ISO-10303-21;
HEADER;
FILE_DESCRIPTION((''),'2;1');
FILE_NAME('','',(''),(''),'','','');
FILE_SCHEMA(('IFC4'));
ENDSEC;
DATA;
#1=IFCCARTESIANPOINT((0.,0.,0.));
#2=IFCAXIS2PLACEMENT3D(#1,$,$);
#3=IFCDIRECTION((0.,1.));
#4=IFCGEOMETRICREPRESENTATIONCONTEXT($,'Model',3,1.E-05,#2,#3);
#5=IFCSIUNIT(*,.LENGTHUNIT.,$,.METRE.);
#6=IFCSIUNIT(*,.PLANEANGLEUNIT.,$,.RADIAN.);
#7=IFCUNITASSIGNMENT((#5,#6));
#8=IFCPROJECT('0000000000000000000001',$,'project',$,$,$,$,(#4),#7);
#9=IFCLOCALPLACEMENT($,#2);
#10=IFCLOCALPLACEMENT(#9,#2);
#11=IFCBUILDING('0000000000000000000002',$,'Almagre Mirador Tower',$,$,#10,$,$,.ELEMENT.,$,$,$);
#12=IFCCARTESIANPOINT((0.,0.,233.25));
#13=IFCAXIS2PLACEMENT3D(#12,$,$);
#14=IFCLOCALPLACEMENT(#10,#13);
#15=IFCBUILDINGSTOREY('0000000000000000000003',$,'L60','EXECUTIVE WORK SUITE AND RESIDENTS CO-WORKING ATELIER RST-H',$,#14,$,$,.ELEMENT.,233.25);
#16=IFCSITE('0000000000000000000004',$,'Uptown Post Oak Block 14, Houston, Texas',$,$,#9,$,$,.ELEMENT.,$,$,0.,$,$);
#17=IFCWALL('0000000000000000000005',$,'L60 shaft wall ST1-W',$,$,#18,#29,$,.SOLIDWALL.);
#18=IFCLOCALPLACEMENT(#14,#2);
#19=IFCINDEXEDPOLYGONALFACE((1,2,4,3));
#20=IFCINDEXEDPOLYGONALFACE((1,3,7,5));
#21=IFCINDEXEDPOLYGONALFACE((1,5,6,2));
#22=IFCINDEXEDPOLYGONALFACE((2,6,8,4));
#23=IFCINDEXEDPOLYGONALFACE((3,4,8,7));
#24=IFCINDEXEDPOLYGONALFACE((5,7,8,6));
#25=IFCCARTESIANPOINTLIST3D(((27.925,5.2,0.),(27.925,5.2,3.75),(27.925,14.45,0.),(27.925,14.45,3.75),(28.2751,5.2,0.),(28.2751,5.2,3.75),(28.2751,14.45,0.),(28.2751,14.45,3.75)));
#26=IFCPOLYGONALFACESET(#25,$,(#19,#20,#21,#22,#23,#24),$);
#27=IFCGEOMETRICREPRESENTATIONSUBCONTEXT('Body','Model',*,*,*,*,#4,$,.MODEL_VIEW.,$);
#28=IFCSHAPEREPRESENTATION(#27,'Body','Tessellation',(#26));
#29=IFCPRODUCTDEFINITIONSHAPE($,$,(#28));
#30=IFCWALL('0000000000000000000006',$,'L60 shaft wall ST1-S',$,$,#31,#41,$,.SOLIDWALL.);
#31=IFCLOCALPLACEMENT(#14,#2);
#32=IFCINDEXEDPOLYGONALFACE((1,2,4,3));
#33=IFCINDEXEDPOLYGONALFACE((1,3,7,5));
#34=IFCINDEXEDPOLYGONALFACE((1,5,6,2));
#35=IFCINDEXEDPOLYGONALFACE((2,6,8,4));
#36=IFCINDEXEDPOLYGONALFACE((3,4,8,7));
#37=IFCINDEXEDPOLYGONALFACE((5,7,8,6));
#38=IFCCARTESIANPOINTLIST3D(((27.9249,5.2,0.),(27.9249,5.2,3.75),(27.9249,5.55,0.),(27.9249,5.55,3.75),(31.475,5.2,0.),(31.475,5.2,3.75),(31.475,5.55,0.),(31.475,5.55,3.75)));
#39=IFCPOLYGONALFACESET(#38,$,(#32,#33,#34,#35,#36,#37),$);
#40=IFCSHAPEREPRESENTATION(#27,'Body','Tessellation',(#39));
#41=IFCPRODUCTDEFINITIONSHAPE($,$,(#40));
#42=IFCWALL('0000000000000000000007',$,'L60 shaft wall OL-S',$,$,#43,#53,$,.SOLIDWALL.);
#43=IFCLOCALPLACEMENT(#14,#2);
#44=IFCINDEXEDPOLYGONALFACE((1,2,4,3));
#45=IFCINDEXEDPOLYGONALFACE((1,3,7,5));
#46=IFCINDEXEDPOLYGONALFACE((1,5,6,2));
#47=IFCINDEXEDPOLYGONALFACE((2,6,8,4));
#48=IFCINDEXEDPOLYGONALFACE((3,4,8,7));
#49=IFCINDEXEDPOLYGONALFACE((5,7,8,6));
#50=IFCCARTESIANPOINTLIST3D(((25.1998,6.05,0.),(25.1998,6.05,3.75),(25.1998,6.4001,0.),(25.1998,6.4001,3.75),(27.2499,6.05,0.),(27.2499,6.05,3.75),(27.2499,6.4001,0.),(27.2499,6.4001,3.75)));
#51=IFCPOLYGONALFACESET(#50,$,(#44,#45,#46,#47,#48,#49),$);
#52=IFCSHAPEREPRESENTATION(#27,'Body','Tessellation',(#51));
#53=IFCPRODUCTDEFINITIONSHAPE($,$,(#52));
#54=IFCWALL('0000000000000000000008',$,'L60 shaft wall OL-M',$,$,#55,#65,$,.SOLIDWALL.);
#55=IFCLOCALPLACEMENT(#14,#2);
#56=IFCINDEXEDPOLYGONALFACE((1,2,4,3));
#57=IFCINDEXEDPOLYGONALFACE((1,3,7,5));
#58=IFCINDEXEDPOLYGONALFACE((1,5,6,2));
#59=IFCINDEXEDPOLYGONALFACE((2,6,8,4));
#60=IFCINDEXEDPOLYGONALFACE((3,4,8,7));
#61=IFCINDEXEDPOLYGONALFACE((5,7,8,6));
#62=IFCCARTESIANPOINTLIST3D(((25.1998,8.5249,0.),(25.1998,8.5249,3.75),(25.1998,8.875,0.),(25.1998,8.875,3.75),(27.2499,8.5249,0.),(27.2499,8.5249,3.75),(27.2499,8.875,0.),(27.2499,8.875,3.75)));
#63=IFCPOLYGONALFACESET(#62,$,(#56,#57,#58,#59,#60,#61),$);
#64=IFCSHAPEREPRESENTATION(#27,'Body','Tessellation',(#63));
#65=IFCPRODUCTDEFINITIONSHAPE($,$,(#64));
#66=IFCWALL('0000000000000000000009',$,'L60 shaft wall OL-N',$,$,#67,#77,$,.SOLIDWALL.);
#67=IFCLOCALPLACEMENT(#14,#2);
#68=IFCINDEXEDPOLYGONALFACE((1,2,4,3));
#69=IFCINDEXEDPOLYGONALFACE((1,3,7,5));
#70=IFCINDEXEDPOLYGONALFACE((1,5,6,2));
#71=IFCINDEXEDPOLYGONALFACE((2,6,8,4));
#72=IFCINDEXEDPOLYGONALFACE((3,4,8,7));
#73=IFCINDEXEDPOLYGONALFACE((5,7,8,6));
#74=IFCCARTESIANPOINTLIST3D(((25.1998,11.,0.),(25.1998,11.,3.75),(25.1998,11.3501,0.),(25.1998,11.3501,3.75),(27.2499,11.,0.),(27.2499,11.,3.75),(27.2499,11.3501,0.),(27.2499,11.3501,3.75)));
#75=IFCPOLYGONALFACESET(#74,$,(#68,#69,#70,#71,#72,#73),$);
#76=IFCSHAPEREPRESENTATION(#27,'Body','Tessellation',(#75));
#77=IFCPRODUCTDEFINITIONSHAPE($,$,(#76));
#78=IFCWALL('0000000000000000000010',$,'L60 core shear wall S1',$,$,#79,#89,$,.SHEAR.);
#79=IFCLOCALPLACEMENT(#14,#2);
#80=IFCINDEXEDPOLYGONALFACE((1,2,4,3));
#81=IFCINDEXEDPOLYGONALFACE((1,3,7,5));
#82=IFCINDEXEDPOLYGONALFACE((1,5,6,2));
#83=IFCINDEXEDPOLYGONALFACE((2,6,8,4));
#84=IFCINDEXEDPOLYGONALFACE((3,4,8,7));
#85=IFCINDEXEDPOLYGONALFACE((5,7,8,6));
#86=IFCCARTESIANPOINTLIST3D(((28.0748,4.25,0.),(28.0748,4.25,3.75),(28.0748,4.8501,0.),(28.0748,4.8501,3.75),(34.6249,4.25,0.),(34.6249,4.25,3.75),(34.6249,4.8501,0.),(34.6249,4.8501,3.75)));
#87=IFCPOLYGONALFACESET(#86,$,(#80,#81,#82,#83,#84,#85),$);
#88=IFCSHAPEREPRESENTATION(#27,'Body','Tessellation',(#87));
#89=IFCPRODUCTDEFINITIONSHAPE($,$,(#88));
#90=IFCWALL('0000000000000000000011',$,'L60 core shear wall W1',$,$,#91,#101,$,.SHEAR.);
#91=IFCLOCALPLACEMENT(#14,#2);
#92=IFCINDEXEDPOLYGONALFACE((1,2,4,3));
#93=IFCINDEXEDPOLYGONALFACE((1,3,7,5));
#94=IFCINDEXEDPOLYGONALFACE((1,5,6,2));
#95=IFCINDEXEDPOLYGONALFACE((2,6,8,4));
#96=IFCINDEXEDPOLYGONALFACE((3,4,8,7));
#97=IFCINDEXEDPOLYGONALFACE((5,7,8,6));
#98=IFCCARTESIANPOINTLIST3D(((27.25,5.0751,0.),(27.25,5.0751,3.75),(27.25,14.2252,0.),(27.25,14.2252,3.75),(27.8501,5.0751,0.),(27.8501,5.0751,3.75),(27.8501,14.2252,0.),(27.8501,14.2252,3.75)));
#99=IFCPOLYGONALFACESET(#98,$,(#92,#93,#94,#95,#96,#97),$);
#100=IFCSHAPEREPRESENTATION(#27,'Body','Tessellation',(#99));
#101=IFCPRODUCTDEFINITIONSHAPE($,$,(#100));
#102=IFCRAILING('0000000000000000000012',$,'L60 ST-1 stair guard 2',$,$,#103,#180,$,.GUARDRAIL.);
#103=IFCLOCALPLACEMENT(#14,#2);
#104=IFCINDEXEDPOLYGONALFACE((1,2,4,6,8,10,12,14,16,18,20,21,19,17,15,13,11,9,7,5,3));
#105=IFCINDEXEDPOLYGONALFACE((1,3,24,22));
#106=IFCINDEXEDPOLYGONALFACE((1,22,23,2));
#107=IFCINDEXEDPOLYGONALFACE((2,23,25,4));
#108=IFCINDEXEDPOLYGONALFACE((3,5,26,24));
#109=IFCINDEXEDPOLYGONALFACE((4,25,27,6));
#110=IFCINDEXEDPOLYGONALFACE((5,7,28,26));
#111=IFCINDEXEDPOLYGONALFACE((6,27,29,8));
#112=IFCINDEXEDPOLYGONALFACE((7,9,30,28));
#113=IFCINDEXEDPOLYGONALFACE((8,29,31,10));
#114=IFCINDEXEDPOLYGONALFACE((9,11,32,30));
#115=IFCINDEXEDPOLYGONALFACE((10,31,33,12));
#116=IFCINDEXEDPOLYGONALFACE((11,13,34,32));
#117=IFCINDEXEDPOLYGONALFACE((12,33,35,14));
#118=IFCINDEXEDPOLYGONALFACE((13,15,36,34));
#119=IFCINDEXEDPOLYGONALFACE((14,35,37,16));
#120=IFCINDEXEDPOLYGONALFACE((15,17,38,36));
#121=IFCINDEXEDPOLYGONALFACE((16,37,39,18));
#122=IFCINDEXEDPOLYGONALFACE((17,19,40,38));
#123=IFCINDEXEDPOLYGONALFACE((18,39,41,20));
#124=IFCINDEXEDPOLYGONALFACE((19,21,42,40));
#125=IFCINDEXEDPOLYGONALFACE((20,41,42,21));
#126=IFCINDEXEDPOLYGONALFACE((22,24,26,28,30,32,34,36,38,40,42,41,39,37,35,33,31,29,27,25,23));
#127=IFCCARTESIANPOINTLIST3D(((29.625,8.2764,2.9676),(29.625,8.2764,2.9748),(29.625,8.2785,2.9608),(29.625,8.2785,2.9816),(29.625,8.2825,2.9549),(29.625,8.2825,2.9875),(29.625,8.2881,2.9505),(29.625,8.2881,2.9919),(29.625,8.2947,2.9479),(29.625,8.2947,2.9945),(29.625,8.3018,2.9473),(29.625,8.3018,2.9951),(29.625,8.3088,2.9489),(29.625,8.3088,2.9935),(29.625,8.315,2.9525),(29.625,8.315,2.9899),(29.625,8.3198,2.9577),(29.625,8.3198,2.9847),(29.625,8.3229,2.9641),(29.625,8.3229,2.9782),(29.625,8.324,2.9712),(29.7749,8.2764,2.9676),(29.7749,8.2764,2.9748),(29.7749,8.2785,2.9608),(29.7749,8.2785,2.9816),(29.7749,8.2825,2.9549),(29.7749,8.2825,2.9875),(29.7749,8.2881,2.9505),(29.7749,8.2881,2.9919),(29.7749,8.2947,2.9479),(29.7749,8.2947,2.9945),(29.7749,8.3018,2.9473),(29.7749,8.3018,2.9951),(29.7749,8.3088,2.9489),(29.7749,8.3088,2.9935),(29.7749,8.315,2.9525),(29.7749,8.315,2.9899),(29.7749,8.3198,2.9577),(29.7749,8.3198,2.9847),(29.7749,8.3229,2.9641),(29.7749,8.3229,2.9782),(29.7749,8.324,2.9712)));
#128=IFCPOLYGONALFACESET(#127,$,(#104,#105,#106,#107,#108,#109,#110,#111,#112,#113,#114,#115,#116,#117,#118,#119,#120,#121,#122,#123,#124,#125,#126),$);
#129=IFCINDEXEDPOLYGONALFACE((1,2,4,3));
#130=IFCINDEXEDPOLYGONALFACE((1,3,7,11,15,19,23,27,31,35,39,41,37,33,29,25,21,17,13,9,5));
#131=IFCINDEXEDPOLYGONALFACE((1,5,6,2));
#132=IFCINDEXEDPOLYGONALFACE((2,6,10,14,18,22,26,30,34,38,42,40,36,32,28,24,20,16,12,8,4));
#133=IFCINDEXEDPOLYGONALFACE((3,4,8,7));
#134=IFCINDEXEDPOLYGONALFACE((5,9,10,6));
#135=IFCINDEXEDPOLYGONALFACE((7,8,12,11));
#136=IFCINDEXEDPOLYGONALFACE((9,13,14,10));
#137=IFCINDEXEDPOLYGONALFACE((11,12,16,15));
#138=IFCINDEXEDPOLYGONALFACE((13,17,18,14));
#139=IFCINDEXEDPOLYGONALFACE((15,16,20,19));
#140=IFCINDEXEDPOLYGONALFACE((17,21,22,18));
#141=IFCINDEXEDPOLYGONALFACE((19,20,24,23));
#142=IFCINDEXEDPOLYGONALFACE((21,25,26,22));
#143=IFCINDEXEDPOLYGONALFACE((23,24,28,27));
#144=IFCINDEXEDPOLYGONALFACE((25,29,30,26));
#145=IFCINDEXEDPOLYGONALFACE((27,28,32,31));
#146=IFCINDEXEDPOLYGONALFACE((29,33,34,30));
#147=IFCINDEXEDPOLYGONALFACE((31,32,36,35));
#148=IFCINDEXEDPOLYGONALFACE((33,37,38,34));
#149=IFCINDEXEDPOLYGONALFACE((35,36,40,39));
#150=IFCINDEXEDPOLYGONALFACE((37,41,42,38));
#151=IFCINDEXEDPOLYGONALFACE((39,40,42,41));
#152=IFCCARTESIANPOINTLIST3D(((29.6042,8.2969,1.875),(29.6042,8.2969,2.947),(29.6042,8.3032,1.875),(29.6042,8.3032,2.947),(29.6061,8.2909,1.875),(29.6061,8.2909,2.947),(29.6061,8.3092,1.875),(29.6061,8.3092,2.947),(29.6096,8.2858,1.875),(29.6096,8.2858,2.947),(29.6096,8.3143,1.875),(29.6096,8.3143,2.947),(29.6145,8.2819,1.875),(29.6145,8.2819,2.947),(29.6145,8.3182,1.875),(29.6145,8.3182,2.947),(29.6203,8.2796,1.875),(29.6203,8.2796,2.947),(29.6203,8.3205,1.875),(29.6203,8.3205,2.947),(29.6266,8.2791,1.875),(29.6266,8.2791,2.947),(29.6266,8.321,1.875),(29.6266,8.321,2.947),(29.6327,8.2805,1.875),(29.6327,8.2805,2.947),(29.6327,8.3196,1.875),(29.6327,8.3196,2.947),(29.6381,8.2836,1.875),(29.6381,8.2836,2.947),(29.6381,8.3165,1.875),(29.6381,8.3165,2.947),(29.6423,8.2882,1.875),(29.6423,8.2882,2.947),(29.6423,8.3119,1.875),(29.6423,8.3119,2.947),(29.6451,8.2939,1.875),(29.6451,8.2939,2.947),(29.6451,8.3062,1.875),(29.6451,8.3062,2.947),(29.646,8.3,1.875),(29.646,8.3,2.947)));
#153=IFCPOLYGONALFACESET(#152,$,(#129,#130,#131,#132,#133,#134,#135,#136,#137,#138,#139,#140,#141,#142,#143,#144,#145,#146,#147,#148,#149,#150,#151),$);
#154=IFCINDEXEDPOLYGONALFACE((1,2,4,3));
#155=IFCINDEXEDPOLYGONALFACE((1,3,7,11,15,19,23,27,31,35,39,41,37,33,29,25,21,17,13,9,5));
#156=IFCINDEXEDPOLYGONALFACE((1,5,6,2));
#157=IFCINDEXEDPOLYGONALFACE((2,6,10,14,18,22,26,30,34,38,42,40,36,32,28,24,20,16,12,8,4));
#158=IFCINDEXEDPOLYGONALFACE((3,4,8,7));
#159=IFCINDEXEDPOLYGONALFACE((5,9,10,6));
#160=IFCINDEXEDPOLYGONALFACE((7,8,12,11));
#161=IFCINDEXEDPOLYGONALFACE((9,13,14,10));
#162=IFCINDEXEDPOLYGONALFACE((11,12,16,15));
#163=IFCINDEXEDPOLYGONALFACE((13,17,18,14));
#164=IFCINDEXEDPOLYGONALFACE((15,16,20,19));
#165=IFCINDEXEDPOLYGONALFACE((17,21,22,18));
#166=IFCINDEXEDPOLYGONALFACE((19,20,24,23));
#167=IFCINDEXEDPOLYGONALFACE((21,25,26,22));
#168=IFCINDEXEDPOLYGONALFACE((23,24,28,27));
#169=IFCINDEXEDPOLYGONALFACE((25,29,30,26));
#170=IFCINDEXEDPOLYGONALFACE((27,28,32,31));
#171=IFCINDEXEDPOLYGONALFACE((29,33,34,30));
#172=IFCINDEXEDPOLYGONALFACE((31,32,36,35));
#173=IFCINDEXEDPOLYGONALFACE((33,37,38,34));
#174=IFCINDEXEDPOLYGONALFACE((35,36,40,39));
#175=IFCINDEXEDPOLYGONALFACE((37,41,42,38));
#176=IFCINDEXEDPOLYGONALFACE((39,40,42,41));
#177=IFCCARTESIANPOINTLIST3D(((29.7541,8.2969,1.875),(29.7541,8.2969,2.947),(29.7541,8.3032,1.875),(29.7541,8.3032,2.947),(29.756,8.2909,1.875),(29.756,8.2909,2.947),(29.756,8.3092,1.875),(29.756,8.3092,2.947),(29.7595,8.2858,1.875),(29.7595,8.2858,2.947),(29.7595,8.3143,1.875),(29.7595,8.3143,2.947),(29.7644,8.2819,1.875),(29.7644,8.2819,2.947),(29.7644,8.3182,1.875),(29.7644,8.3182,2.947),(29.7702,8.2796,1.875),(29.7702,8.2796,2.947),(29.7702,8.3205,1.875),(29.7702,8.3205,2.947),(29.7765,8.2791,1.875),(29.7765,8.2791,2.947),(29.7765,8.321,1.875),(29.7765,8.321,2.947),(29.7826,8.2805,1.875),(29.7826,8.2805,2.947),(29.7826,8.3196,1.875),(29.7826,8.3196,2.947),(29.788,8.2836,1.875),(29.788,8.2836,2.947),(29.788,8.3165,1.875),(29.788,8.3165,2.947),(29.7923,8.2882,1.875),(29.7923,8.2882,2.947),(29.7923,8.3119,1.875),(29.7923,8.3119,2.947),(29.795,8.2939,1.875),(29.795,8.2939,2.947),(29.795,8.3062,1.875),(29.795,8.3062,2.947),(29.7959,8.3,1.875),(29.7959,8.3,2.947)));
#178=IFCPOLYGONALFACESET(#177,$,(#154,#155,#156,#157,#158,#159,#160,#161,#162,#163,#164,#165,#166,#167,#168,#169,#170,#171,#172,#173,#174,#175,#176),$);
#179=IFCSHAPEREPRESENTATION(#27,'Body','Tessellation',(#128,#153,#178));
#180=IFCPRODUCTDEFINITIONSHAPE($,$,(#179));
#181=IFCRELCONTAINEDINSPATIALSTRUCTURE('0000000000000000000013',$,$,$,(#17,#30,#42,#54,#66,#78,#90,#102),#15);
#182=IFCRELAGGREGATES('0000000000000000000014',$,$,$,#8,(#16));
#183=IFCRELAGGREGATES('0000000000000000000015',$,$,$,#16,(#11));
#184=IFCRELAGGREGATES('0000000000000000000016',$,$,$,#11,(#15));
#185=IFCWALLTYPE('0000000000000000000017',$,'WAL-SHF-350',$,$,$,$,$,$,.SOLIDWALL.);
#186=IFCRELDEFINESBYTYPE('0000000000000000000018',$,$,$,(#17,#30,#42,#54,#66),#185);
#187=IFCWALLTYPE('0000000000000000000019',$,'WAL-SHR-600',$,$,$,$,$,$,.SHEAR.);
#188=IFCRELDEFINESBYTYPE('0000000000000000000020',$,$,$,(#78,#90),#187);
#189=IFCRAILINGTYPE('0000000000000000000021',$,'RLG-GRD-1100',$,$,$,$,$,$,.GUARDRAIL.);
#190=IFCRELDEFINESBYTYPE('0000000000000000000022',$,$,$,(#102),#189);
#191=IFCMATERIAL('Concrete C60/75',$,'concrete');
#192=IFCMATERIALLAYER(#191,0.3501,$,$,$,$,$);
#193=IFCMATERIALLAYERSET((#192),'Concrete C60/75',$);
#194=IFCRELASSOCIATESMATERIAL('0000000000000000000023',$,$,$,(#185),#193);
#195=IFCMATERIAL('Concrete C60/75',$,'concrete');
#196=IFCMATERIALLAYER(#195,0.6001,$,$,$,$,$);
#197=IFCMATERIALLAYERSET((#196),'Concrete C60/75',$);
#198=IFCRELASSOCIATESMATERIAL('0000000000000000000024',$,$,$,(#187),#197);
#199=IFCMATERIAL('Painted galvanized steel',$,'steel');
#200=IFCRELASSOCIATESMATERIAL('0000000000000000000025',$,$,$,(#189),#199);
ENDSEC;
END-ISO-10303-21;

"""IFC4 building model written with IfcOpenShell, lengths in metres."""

from ifc_helpers import new_model, si_unit, direction, frame, frame_2d, origin, origin_2d, place, context, subcontext, project, spatial, rectangle, circle, extrude, material, layer, layer_set, type_object, element, save


model = new_model("IFC4")

# Units and contexts
model_context = context("Model", 3, precision=1e-05, world=origin(), true_north=direction((0.0, 1.0)))
body_context = subcontext(model_context, "Body", "Model", "MODEL_VIEW")
ifc_project = project(units=[si_unit("LENGTHUNIT", "METRE"), si_unit("PLANEANGLEUNIT", "RADIAN")], contexts=[model_context])

# Site, building, storey
site_placement = place(None, origin())
site = spatial("IfcSite", under=ifc_project, at=site_placement, Name="Uptown Post Oak Block 14, Houston, Texas", CompositionType="ELEMENT", RefElevation=0.0)
building_placement = place(site_placement, origin())
building = spatial("IfcBuilding", under=site, at=building_placement, Name="Almagre Mirador Tower", CompositionType="ELEMENT")
storey_placement = place(building_placement, frame((0.0, 0.0, 233.25)))
storey = spatial("IfcBuildingStorey", under=building, at=storey_placement, Name="L60", Description="EXECUTIVE WORK SUITE AND RESIDENTS CO-WORKING ATELIER RST-H", CompositionType="ELEMENT", Elevation=233.25)

# Walls
ifc_material_1 = material(Name="Concrete C60/75", Category="concrete")
ifc_layer_1 = layer(ifc_material_1, 0.3501)
ifc_layer_set_1 = layer_set([ifc_layer_1], Name="Concrete C60/75")
wall_type_1 = type_object("IfcWallType", Name="WAL-SHF-350", PredefinedType="SOLIDWALL", material=ifc_layer_set_1)
wall_1_placement = place(storey_placement, frame((28.1001, 5.2, 0.0), z_axis=(0.0, 0.0, 1.0), x_axis=(0.0, 1.0, 0.0)))
element("IfcWall", 1, at=wall_1_placement, inside=storey, type_object=wall_type_1, Name="L60 shaft wall ST1-W", PredefinedType="SOLIDWALL", context=body_context, shape_type="SweptSolid", body=[
    extrude(rectangle(XDim=9.25, YDim=0.3501, at=frame_2d((4.625, 0.0))), origin(), (0.0, 0.0, 1.0), 3.75),
])
wall_2_placement = place(storey_placement, frame((27.925, 5.375, 0.0), z_axis=(0.0, 0.0, 1.0), x_axis=(1.0, 0.0, 0.0)))
element("IfcWall", 2, at=wall_2_placement, inside=storey, type_object=wall_type_1, Name="L60 shaft wall ST1-S", PredefinedType="SOLIDWALL", context=body_context, shape_type="SweptSolid", body=[
    extrude(rectangle(XDim=3.55, YDim=0.3501, at=frame_2d((1.7749, 0.0))), origin(), (0.0, 0.0, 1.0), 3.75),
])
for number, where, z_axis, x_axis, name in (
    (3, (25.2, 6.2251, 0.0), (0.0, 0.0, 1.0), (1.0, 0.0, 0.0), "L60 shaft wall OL-S"),
    (4, (25.2, 8.7, 0.0), (0.0, 0.0, 1.0), (1.0, 0.0, 0.0), "L60 shaft wall OL-M"),
    (5, (25.2, 11.175, 0.0), (0.0, 0.0, 1.0), (1.0, 0.0, 0.0), "L60 shaft wall OL-N"),
):
    element("IfcWall", number, at=place(storey_placement, frame(where, z_axis=z_axis, x_axis=x_axis)), inside=storey, type_object=wall_type_1, Name=name, PredefinedType="SOLIDWALL", context=body_context, shape_type="SweptSolid", body=[
        extrude(rectangle(XDim=2.05, YDim=0.3501, at=frame_2d((1.0249, 0.0))), origin(), (0.0, 0.0, 1.0), 3.75),
    ])
ifc_material_2 = material(Name="Concrete C60/75", Category="concrete")
ifc_layer_2 = layer(ifc_material_2, 0.6001)
ifc_layer_set_2 = layer_set([ifc_layer_2], Name="Concrete C60/75")
wall_type_2 = type_object("IfcWallType", Name="WAL-SHR-600", PredefinedType="SHEAR", material=ifc_layer_set_2)
wall_3_placement = place(storey_placement, frame((28.075, 4.55, 0.0), z_axis=(0.0, 0.0, 1.0), x_axis=(1.0, 0.0, 0.0)))
element("IfcWall", 6, at=wall_3_placement, inside=storey, type_object=wall_type_2, Name="L60 core shear wall S1", PredefinedType="SHEAR", context=body_context, shape_type="SweptSolid", body=[
    extrude(rectangle(XDim=6.55, YDim=0.6001, at=frame_2d((3.2749, 0.0))), origin(), (0.0, 0.0, 1.0), 3.75),
])
wall_4_placement = place(storey_placement, frame((27.55, 5.075, 0.0), z_axis=(0.0, 0.0, 1.0), x_axis=(0.0, 1.0, 0.0)))
element("IfcWall", 7, at=wall_4_placement, inside=storey, type_object=wall_type_2, Name="L60 core shear wall W1", PredefinedType="SHEAR", context=body_context, shape_type="SweptSolid", body=[
    extrude(rectangle(XDim=9.1501, YDim=0.6001, at=frame_2d((4.5752, 0.0))), origin(), (0.0, 0.0, 1.0), 3.75),
])

# Railing
ifc_material_3 = material(Name="Painted galvanized steel", Category="steel")
railing_type_1 = type_object("IfcRailingType", Name="RLG-GRD-1100", PredefinedType="GUARDRAIL", material=ifc_material_3)
railing_1_placement = place(storey_placement, frame((29.625, 8.3, 1.875)))
element("IfcRailing", 8, at=railing_1_placement, inside=storey, type_object=railing_type_1, Name="L60 ST-1 stair guard 2", PredefinedType="GUARDRAIL", context=body_context, shape_type="SweptSolid", body=[
    extrude(circle(Radius=0.0239, at=origin_2d()), frame((0.0, 0.0, 1.0962), z_axis=(1.0, 0.0, 0.0), x_axis=(0.0, 1.0, 0.0)), (0.0, 0.0, 1.0), 0.1499),
    extrude(circle(Radius=0.021, at=origin_2d()), origin(), (0.0, 0.0, 1.0), 1.072),
    extrude(circle(Radius=0.021, at=origin_2d()), frame((0.1499, 0.0, 0.0)), (0.0, 0.0, 1.0), 1.072),
])

save(model, "model.ifc")
